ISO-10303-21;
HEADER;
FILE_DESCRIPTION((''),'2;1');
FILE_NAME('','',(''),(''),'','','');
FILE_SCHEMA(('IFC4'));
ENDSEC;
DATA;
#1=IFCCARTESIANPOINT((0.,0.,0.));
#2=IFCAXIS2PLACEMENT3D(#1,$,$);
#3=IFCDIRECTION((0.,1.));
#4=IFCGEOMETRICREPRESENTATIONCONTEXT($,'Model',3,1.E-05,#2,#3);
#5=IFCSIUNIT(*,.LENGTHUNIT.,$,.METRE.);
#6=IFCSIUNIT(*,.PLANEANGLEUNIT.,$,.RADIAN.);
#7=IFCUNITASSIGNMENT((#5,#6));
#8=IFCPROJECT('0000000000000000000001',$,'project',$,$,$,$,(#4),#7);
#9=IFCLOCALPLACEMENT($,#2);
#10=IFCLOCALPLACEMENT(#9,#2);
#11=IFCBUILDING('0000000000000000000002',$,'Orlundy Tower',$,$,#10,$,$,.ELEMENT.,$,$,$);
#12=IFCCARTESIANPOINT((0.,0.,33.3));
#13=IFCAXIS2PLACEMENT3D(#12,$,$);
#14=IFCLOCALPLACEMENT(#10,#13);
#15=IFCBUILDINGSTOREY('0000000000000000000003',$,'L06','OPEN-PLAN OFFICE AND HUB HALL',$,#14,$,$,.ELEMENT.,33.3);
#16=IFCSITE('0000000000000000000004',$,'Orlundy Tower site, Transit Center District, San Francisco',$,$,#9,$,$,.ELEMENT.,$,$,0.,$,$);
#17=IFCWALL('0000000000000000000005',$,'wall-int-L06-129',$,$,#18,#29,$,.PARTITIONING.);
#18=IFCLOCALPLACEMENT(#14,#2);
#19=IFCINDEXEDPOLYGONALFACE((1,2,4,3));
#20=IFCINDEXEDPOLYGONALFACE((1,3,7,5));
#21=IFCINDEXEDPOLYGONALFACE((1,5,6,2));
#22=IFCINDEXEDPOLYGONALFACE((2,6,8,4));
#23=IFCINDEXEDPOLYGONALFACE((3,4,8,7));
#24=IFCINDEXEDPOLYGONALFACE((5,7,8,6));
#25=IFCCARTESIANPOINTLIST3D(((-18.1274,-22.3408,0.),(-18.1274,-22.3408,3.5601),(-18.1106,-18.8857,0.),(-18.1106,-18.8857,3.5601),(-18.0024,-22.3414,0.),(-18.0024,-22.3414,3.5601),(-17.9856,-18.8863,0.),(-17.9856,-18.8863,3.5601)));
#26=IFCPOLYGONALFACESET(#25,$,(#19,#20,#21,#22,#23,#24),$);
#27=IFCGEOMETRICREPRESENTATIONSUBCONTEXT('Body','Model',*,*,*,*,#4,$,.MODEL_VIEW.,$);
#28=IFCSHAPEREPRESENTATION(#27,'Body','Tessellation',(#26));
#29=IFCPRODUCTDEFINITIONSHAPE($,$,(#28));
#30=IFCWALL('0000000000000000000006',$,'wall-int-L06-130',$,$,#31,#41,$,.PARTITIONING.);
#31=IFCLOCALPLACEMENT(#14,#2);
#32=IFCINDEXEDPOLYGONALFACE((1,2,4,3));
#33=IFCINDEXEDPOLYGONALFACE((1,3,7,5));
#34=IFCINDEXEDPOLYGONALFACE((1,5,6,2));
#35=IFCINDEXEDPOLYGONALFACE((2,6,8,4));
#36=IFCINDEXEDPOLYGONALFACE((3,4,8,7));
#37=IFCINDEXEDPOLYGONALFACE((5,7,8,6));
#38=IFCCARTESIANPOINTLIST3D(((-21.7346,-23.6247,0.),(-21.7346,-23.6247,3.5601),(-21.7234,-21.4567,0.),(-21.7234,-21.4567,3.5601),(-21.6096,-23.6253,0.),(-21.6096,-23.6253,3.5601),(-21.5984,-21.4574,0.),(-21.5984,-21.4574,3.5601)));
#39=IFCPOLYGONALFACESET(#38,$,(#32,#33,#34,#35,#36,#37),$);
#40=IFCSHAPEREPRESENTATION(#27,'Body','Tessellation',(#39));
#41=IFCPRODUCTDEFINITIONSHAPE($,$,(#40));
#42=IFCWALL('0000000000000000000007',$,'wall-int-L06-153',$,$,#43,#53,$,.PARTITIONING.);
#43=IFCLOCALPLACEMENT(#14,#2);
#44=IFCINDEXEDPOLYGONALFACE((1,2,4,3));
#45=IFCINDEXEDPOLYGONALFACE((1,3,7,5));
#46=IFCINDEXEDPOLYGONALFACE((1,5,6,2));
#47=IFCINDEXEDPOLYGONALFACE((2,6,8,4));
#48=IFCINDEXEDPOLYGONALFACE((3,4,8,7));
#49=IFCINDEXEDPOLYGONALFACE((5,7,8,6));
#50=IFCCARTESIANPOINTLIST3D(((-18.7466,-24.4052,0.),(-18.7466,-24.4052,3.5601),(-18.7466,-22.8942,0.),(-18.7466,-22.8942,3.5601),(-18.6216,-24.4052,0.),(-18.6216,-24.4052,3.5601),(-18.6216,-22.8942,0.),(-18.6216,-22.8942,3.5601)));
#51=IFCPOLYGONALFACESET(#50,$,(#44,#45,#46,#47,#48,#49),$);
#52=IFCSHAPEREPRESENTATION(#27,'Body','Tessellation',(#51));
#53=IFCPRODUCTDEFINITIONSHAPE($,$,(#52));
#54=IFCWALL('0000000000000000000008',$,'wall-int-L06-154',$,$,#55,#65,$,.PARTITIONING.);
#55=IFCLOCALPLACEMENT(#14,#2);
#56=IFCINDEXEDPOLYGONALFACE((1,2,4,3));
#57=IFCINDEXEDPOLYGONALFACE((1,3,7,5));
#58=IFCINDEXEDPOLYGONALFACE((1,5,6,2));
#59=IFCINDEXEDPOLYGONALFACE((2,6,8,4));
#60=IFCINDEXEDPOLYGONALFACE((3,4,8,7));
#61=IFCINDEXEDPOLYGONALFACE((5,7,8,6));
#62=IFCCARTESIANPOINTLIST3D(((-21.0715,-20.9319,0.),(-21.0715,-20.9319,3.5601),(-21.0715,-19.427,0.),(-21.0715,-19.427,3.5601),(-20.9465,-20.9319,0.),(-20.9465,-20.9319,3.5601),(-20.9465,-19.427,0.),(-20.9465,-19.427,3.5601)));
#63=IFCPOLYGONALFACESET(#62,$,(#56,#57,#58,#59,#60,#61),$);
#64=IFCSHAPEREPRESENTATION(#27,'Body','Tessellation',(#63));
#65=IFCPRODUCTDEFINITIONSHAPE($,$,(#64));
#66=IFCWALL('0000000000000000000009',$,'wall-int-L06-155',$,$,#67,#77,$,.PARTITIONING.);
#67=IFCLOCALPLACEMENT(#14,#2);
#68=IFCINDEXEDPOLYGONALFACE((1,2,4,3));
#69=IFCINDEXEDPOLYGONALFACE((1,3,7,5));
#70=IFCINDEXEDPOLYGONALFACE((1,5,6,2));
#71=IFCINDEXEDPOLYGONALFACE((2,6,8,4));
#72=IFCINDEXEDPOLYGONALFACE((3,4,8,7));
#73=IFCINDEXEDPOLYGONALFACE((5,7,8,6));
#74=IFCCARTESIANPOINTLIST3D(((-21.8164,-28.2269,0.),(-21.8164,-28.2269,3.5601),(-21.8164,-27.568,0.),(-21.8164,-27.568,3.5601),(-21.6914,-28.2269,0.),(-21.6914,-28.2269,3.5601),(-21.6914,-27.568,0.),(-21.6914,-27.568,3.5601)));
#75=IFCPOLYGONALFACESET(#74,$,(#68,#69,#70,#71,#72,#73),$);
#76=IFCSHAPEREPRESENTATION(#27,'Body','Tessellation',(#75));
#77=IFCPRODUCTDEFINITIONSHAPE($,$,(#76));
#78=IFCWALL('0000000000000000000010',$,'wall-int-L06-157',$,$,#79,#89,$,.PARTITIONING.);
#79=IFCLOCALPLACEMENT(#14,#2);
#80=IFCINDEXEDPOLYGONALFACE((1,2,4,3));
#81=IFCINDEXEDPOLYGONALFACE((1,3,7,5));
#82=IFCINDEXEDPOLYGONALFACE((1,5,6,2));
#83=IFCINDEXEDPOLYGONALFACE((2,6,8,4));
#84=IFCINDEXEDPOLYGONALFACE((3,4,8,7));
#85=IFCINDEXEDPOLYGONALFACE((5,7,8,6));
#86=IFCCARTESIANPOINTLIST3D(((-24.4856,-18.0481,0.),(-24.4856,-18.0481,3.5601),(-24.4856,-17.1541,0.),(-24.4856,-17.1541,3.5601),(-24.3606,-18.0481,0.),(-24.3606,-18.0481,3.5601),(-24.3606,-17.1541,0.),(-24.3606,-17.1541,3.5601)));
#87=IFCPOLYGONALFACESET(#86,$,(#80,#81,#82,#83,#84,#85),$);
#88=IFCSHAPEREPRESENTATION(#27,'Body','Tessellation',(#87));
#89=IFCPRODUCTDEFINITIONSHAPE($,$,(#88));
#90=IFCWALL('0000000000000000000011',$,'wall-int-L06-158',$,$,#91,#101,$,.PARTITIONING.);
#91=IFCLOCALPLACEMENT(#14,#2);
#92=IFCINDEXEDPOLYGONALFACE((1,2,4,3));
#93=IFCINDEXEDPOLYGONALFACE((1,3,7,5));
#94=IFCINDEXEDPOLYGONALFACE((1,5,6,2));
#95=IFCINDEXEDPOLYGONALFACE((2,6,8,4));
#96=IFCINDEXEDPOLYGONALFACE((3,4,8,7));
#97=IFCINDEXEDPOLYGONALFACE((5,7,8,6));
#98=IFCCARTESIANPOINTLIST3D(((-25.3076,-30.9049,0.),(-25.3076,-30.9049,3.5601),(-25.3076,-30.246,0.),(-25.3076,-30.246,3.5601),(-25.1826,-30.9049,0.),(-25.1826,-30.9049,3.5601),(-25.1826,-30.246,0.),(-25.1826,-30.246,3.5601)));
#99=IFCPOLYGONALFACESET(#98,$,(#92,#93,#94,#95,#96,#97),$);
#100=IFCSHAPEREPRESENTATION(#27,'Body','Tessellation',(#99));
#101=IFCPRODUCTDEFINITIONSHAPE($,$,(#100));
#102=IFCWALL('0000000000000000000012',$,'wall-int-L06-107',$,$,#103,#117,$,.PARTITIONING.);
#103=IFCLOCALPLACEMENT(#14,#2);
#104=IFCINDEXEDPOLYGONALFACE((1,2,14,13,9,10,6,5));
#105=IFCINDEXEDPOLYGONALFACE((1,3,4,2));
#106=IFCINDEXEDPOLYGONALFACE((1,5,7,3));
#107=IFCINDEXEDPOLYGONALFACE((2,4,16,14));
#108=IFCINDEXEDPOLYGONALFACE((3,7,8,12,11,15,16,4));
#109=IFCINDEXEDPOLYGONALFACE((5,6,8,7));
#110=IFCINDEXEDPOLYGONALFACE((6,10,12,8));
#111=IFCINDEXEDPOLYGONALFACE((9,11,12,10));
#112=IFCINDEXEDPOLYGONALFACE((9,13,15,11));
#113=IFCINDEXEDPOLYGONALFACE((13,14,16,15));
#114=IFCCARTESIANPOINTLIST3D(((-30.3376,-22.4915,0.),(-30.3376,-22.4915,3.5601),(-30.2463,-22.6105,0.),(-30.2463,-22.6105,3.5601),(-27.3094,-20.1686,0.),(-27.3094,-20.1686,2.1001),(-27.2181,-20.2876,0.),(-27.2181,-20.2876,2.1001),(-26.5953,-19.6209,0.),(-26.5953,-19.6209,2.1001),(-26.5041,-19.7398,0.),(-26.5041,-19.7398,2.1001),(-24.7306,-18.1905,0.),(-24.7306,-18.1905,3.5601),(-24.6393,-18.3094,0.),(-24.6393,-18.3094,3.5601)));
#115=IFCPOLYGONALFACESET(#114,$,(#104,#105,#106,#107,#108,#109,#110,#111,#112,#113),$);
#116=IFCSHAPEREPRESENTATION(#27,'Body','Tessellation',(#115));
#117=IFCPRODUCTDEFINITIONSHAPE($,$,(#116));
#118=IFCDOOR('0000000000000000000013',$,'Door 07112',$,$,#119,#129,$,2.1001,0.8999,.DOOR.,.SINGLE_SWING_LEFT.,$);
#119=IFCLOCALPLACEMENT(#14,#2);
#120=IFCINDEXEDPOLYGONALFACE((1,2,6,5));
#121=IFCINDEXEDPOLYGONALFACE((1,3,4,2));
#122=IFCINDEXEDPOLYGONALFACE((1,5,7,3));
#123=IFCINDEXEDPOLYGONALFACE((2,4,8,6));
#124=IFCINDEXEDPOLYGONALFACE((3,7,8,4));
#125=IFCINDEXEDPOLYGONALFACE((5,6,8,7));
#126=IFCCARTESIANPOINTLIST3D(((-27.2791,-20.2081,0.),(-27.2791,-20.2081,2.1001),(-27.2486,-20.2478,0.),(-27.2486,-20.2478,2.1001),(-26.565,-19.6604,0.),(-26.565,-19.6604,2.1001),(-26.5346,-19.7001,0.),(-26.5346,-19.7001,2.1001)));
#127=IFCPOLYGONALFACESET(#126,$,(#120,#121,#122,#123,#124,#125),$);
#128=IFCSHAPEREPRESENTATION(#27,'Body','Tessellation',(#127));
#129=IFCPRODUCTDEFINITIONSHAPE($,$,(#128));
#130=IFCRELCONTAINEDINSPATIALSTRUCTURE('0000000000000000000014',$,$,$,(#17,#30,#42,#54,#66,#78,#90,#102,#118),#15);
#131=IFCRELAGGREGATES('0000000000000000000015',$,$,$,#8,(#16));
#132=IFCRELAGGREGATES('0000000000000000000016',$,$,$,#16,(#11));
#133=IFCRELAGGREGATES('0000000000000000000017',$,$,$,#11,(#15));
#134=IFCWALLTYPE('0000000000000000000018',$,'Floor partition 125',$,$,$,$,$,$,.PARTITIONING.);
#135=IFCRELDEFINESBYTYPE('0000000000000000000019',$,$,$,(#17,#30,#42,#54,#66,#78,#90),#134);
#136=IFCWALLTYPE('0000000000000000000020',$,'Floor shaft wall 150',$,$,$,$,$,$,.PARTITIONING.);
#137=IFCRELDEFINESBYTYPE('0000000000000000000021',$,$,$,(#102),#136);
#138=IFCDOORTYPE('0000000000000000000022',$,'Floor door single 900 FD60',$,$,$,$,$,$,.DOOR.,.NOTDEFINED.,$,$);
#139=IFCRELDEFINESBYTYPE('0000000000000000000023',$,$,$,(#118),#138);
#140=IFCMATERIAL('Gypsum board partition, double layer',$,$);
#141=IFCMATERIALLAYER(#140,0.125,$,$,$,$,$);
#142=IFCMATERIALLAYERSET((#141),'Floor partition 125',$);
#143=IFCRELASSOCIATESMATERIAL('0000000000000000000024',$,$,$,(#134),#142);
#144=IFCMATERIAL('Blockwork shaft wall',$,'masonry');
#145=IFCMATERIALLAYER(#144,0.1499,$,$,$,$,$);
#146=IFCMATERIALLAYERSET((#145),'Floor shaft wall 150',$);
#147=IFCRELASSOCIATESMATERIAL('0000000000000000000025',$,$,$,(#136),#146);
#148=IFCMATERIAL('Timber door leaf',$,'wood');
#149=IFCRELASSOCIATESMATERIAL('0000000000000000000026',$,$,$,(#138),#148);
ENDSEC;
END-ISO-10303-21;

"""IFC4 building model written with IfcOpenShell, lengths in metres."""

from ifc_helpers import new_model, si_unit, direction, frame, frame_2d, origin, place, context, subcontext, project, spatial, rectangle, extrude, material, layer, layer_set, type_object, element, fill, save


model = new_model("IFC4")

# Units and contexts
model_context = context("Model", 3, precision=1e-05, world=origin(), true_north=direction((0.0, 1.0)))
body_context = subcontext(model_context, "Body", "Model", "MODEL_VIEW")
ifc_project = project(units=[si_unit("LENGTHUNIT", "METRE"), si_unit("PLANEANGLEUNIT", "RADIAN")], contexts=[model_context])

# Site, building, storey
site_placement = place(None, origin())
site = spatial("IfcSite", under=ifc_project, at=site_placement, Name="Orlundy Tower site, Transit Center District, San Francisco", CompositionType="ELEMENT", RefElevation=0.0)
building_placement = place(site_placement, origin())
building = spatial("IfcBuilding", under=site, at=building_placement, Name="Orlundy Tower", CompositionType="ELEMENT")
storey_placement = place(building_placement, frame((0.0, 0.0, 33.3)))
storey = spatial("IfcBuildingStorey", under=building, at=storey_placement, Name="L06", Description="OPEN-PLAN OFFICE AND HUB HALL", CompositionType="ELEMENT", Elevation=33.3)

# Shared definitions
ifc_material_1 = material(Name="Gypsum board partition, double layer")
ifc_layer_1 = layer(ifc_material_1, 0.125)
ifc_layer_set_1 = layer_set([ifc_layer_1], Name="Floor partition 125")
wall_type_1 = type_object("IfcWallType", Name="Floor partition 125", PredefinedType="PARTITIONING", material=ifc_layer_set_1)

# Walls
wall_1_placement = place(storey_placement, frame((-18.0649, -22.3411, 0.0), z_axis=(0.0, 0.0, 1.0), x_axis=(0.004876, 0.999988, 0.0)))
element("IfcWall", 1, at=wall_1_placement, inside=storey, type_object=wall_type_1, Name="wall-int-L06-129", PredefinedType="PARTITIONING", context=body_context, shape_type="SweptSolid", body=[
    extrude(rectangle(XDim=3.4551, YDim=0.125, at=frame_2d((1.7275, 0.0))), origin(), (0.0, 0.0, 1.0), 3.5601),
])
wall_2_placement = place(storey_placement, frame((-21.6721, -23.625, 0.0), z_axis=(0.0, 0.0, 1.0), x_axis=(0.00518, 0.999987, 0.0)))
element("IfcWall", 2, at=wall_2_placement, inside=storey, type_object=wall_type_1, Name="wall-int-L06-130", PredefinedType="PARTITIONING", context=body_context, shape_type="SweptSolid", body=[
    extrude(rectangle(XDim=2.168, YDim=0.125, at=frame_2d((1.084, 0.0))), origin(), (0.0, 0.0, 1.0), 3.5601),
])
wall_3_placement = place(storey_placement, frame((-18.6841, -24.405, 0.0), z_axis=(0.0, 0.0, 1.0), x_axis=(0.0, 1.0, 0.0)))
element("IfcWall", 3, at=wall_3_placement, inside=storey, type_object=wall_type_1, Name="wall-int-L06-153", PredefinedType="PARTITIONING", context=body_context, shape_type="SweptSolid", body=[
    extrude(rectangle(XDim=1.511, YDim=0.125, at=frame_2d((0.7554, 0.0))), origin(), (0.0, 0.0, 1.0), 3.5601),
])
wall_4_placement = place(storey_placement, frame((-21.009, -20.9319, 0.0), z_axis=(0.0, 0.0, 1.0), x_axis=(0.0, 1.0, 0.0)))
element("IfcWall", 4, at=wall_4_placement, inside=storey, type_object=wall_type_1, Name="wall-int-L06-154", PredefinedType="PARTITIONING", context=body_context, shape_type="SweptSolid", body=[
    extrude(rectangle(XDim=1.5049, YDim=0.125, at=frame_2d((0.7524, 0.0))), origin(), (0.0, 0.0, 1.0), 3.5601),
])
wall_5_placement = place(storey_placement, frame((-21.7539, -28.2271, 0.0), z_axis=(0.0, 0.0, 1.0), x_axis=(0.0, 1.0, 0.0)))
element("IfcWall", 5, at=wall_5_placement, inside=storey, type_object=wall_type_1, Name="wall-int-L06-155", PredefinedType="PARTITIONING", context=body_context, shape_type="SweptSolid", body=[
    extrude(rectangle(XDim=0.6589, YDim=0.125, at=frame_2d((0.3296, 0.0))), origin(), (0.0, 0.0, 1.0), 3.5601),
])
wall_6_placement = place(storey_placement, frame((-24.4231, -18.0481, 0.0), z_axis=(0.0, 0.0, 1.0), x_axis=(0.0, 1.0, 0.0)))
element("IfcWall", 6, at=wall_6_placement, inside=storey, type_object=wall_type_1, Name="wall-int-L06-157", PredefinedType="PARTITIONING", context=body_context, shape_type="SweptSolid", body=[
    extrude(rectangle(XDim=0.894, YDim=0.125, at=frame_2d((0.447, 0.0))), origin(), (0.0, 0.0, 1.0), 3.5601),
])
wall_7_placement = place(storey_placement, frame((-25.2451, -30.905, 0.0), z_axis=(0.0, 0.0, 1.0), x_axis=(0.0, 1.0, 0.0)))
element("IfcWall", 7, at=wall_7_placement, inside=storey, type_object=wall_type_1, Name="wall-int-L06-158", PredefinedType="PARTITIONING", context=body_context, shape_type="SweptSolid", body=[
    extrude(rectangle(XDim=0.6589, YDim=0.125, at=frame_2d((0.3296, 0.0))), origin(), (0.0, 0.0, 1.0), 3.5601),
])

# Wall, opening, door
ifc_material_2 = material(Name="Blockwork shaft wall", Category="masonry")
ifc_layer_2 = layer(ifc_material_2, 0.1499)
ifc_layer_set_2 = layer_set([ifc_layer_2], Name="Floor shaft wall 150")
wall_type_2 = type_object("IfcWallType", Name="Floor shaft wall 150", PredefinedType="PARTITIONING", material=ifc_layer_set_2)
wall_8_placement = place(storey_placement, frame((-24.6851, -18.25, 0.0), z_axis=(0.0, 0.0, 1.0), x_axis=(-0.793444, -0.608643, 0.0)))
wall_8 = element("IfcWall", 8, at=wall_8_placement, inside=storey, type_object=wall_type_2, Name="wall-int-L06-107", PredefinedType="PARTITIONING", context=body_context, shape_type="SweptSolid", body=[
    extrude(rectangle(XDim=7.0667, YDim=0.1499, at=frame_2d((3.5332, 0.0))), origin(), (0.0, 0.0, 1.0), 3.5601),
])
opening_1_placement = place(wall_8_placement, frame((2.3501, 0.0, 0.0)))
opening_1 = element("IfcOpeningElement", 9, at=opening_1_placement, cuts=wall_8, PredefinedType="OPENING", context=body_context, shape_type="SweptSolid", body=[
    extrude(rectangle(XDim=0.8999, YDim=2.1001, at=frame_2d((0.45, 1.05))), frame((0.0, 0.085, 0.0), z_axis=(0.0, -1.0, 0.0), x_axis=(1.0, 0.0, 0.0)), (0.0, 0.0, 1.0), 0.1699),
])
ifc_material_3 = material(Name="Timber door leaf", Category="wood")
door_type_1 = type_object("IfcDoorType", Name="Floor door single 900 FD60", OperationType="NOTDEFINED", PredefinedType="DOOR", material=ifc_material_3)
door_1_placement = place(opening_1_placement, origin())
door_1 = element("IfcDoor", 10, at=door_1_placement, inside=storey, type_object=door_type_1, Name="Door 07112", OperationType="SINGLE_SWING_LEFT", OverallHeight=2.1001, OverallWidth=0.8999, PredefinedType="DOOR", context=body_context, shape_type="SweptSolid", body=[
    extrude(rectangle(XDim=0.8999, YDim=2.1001, at=frame_2d((0.45, 1.05))), frame((0.0, 0.0249, 0.0), z_axis=(0.0, -1.0, 0.0), x_axis=(1.0, 0.0, 0.0)), (0.0, 0.0, 1.0), 0.05),
])
fill(opening_1, door_1)

save(model, "model.ifc")
